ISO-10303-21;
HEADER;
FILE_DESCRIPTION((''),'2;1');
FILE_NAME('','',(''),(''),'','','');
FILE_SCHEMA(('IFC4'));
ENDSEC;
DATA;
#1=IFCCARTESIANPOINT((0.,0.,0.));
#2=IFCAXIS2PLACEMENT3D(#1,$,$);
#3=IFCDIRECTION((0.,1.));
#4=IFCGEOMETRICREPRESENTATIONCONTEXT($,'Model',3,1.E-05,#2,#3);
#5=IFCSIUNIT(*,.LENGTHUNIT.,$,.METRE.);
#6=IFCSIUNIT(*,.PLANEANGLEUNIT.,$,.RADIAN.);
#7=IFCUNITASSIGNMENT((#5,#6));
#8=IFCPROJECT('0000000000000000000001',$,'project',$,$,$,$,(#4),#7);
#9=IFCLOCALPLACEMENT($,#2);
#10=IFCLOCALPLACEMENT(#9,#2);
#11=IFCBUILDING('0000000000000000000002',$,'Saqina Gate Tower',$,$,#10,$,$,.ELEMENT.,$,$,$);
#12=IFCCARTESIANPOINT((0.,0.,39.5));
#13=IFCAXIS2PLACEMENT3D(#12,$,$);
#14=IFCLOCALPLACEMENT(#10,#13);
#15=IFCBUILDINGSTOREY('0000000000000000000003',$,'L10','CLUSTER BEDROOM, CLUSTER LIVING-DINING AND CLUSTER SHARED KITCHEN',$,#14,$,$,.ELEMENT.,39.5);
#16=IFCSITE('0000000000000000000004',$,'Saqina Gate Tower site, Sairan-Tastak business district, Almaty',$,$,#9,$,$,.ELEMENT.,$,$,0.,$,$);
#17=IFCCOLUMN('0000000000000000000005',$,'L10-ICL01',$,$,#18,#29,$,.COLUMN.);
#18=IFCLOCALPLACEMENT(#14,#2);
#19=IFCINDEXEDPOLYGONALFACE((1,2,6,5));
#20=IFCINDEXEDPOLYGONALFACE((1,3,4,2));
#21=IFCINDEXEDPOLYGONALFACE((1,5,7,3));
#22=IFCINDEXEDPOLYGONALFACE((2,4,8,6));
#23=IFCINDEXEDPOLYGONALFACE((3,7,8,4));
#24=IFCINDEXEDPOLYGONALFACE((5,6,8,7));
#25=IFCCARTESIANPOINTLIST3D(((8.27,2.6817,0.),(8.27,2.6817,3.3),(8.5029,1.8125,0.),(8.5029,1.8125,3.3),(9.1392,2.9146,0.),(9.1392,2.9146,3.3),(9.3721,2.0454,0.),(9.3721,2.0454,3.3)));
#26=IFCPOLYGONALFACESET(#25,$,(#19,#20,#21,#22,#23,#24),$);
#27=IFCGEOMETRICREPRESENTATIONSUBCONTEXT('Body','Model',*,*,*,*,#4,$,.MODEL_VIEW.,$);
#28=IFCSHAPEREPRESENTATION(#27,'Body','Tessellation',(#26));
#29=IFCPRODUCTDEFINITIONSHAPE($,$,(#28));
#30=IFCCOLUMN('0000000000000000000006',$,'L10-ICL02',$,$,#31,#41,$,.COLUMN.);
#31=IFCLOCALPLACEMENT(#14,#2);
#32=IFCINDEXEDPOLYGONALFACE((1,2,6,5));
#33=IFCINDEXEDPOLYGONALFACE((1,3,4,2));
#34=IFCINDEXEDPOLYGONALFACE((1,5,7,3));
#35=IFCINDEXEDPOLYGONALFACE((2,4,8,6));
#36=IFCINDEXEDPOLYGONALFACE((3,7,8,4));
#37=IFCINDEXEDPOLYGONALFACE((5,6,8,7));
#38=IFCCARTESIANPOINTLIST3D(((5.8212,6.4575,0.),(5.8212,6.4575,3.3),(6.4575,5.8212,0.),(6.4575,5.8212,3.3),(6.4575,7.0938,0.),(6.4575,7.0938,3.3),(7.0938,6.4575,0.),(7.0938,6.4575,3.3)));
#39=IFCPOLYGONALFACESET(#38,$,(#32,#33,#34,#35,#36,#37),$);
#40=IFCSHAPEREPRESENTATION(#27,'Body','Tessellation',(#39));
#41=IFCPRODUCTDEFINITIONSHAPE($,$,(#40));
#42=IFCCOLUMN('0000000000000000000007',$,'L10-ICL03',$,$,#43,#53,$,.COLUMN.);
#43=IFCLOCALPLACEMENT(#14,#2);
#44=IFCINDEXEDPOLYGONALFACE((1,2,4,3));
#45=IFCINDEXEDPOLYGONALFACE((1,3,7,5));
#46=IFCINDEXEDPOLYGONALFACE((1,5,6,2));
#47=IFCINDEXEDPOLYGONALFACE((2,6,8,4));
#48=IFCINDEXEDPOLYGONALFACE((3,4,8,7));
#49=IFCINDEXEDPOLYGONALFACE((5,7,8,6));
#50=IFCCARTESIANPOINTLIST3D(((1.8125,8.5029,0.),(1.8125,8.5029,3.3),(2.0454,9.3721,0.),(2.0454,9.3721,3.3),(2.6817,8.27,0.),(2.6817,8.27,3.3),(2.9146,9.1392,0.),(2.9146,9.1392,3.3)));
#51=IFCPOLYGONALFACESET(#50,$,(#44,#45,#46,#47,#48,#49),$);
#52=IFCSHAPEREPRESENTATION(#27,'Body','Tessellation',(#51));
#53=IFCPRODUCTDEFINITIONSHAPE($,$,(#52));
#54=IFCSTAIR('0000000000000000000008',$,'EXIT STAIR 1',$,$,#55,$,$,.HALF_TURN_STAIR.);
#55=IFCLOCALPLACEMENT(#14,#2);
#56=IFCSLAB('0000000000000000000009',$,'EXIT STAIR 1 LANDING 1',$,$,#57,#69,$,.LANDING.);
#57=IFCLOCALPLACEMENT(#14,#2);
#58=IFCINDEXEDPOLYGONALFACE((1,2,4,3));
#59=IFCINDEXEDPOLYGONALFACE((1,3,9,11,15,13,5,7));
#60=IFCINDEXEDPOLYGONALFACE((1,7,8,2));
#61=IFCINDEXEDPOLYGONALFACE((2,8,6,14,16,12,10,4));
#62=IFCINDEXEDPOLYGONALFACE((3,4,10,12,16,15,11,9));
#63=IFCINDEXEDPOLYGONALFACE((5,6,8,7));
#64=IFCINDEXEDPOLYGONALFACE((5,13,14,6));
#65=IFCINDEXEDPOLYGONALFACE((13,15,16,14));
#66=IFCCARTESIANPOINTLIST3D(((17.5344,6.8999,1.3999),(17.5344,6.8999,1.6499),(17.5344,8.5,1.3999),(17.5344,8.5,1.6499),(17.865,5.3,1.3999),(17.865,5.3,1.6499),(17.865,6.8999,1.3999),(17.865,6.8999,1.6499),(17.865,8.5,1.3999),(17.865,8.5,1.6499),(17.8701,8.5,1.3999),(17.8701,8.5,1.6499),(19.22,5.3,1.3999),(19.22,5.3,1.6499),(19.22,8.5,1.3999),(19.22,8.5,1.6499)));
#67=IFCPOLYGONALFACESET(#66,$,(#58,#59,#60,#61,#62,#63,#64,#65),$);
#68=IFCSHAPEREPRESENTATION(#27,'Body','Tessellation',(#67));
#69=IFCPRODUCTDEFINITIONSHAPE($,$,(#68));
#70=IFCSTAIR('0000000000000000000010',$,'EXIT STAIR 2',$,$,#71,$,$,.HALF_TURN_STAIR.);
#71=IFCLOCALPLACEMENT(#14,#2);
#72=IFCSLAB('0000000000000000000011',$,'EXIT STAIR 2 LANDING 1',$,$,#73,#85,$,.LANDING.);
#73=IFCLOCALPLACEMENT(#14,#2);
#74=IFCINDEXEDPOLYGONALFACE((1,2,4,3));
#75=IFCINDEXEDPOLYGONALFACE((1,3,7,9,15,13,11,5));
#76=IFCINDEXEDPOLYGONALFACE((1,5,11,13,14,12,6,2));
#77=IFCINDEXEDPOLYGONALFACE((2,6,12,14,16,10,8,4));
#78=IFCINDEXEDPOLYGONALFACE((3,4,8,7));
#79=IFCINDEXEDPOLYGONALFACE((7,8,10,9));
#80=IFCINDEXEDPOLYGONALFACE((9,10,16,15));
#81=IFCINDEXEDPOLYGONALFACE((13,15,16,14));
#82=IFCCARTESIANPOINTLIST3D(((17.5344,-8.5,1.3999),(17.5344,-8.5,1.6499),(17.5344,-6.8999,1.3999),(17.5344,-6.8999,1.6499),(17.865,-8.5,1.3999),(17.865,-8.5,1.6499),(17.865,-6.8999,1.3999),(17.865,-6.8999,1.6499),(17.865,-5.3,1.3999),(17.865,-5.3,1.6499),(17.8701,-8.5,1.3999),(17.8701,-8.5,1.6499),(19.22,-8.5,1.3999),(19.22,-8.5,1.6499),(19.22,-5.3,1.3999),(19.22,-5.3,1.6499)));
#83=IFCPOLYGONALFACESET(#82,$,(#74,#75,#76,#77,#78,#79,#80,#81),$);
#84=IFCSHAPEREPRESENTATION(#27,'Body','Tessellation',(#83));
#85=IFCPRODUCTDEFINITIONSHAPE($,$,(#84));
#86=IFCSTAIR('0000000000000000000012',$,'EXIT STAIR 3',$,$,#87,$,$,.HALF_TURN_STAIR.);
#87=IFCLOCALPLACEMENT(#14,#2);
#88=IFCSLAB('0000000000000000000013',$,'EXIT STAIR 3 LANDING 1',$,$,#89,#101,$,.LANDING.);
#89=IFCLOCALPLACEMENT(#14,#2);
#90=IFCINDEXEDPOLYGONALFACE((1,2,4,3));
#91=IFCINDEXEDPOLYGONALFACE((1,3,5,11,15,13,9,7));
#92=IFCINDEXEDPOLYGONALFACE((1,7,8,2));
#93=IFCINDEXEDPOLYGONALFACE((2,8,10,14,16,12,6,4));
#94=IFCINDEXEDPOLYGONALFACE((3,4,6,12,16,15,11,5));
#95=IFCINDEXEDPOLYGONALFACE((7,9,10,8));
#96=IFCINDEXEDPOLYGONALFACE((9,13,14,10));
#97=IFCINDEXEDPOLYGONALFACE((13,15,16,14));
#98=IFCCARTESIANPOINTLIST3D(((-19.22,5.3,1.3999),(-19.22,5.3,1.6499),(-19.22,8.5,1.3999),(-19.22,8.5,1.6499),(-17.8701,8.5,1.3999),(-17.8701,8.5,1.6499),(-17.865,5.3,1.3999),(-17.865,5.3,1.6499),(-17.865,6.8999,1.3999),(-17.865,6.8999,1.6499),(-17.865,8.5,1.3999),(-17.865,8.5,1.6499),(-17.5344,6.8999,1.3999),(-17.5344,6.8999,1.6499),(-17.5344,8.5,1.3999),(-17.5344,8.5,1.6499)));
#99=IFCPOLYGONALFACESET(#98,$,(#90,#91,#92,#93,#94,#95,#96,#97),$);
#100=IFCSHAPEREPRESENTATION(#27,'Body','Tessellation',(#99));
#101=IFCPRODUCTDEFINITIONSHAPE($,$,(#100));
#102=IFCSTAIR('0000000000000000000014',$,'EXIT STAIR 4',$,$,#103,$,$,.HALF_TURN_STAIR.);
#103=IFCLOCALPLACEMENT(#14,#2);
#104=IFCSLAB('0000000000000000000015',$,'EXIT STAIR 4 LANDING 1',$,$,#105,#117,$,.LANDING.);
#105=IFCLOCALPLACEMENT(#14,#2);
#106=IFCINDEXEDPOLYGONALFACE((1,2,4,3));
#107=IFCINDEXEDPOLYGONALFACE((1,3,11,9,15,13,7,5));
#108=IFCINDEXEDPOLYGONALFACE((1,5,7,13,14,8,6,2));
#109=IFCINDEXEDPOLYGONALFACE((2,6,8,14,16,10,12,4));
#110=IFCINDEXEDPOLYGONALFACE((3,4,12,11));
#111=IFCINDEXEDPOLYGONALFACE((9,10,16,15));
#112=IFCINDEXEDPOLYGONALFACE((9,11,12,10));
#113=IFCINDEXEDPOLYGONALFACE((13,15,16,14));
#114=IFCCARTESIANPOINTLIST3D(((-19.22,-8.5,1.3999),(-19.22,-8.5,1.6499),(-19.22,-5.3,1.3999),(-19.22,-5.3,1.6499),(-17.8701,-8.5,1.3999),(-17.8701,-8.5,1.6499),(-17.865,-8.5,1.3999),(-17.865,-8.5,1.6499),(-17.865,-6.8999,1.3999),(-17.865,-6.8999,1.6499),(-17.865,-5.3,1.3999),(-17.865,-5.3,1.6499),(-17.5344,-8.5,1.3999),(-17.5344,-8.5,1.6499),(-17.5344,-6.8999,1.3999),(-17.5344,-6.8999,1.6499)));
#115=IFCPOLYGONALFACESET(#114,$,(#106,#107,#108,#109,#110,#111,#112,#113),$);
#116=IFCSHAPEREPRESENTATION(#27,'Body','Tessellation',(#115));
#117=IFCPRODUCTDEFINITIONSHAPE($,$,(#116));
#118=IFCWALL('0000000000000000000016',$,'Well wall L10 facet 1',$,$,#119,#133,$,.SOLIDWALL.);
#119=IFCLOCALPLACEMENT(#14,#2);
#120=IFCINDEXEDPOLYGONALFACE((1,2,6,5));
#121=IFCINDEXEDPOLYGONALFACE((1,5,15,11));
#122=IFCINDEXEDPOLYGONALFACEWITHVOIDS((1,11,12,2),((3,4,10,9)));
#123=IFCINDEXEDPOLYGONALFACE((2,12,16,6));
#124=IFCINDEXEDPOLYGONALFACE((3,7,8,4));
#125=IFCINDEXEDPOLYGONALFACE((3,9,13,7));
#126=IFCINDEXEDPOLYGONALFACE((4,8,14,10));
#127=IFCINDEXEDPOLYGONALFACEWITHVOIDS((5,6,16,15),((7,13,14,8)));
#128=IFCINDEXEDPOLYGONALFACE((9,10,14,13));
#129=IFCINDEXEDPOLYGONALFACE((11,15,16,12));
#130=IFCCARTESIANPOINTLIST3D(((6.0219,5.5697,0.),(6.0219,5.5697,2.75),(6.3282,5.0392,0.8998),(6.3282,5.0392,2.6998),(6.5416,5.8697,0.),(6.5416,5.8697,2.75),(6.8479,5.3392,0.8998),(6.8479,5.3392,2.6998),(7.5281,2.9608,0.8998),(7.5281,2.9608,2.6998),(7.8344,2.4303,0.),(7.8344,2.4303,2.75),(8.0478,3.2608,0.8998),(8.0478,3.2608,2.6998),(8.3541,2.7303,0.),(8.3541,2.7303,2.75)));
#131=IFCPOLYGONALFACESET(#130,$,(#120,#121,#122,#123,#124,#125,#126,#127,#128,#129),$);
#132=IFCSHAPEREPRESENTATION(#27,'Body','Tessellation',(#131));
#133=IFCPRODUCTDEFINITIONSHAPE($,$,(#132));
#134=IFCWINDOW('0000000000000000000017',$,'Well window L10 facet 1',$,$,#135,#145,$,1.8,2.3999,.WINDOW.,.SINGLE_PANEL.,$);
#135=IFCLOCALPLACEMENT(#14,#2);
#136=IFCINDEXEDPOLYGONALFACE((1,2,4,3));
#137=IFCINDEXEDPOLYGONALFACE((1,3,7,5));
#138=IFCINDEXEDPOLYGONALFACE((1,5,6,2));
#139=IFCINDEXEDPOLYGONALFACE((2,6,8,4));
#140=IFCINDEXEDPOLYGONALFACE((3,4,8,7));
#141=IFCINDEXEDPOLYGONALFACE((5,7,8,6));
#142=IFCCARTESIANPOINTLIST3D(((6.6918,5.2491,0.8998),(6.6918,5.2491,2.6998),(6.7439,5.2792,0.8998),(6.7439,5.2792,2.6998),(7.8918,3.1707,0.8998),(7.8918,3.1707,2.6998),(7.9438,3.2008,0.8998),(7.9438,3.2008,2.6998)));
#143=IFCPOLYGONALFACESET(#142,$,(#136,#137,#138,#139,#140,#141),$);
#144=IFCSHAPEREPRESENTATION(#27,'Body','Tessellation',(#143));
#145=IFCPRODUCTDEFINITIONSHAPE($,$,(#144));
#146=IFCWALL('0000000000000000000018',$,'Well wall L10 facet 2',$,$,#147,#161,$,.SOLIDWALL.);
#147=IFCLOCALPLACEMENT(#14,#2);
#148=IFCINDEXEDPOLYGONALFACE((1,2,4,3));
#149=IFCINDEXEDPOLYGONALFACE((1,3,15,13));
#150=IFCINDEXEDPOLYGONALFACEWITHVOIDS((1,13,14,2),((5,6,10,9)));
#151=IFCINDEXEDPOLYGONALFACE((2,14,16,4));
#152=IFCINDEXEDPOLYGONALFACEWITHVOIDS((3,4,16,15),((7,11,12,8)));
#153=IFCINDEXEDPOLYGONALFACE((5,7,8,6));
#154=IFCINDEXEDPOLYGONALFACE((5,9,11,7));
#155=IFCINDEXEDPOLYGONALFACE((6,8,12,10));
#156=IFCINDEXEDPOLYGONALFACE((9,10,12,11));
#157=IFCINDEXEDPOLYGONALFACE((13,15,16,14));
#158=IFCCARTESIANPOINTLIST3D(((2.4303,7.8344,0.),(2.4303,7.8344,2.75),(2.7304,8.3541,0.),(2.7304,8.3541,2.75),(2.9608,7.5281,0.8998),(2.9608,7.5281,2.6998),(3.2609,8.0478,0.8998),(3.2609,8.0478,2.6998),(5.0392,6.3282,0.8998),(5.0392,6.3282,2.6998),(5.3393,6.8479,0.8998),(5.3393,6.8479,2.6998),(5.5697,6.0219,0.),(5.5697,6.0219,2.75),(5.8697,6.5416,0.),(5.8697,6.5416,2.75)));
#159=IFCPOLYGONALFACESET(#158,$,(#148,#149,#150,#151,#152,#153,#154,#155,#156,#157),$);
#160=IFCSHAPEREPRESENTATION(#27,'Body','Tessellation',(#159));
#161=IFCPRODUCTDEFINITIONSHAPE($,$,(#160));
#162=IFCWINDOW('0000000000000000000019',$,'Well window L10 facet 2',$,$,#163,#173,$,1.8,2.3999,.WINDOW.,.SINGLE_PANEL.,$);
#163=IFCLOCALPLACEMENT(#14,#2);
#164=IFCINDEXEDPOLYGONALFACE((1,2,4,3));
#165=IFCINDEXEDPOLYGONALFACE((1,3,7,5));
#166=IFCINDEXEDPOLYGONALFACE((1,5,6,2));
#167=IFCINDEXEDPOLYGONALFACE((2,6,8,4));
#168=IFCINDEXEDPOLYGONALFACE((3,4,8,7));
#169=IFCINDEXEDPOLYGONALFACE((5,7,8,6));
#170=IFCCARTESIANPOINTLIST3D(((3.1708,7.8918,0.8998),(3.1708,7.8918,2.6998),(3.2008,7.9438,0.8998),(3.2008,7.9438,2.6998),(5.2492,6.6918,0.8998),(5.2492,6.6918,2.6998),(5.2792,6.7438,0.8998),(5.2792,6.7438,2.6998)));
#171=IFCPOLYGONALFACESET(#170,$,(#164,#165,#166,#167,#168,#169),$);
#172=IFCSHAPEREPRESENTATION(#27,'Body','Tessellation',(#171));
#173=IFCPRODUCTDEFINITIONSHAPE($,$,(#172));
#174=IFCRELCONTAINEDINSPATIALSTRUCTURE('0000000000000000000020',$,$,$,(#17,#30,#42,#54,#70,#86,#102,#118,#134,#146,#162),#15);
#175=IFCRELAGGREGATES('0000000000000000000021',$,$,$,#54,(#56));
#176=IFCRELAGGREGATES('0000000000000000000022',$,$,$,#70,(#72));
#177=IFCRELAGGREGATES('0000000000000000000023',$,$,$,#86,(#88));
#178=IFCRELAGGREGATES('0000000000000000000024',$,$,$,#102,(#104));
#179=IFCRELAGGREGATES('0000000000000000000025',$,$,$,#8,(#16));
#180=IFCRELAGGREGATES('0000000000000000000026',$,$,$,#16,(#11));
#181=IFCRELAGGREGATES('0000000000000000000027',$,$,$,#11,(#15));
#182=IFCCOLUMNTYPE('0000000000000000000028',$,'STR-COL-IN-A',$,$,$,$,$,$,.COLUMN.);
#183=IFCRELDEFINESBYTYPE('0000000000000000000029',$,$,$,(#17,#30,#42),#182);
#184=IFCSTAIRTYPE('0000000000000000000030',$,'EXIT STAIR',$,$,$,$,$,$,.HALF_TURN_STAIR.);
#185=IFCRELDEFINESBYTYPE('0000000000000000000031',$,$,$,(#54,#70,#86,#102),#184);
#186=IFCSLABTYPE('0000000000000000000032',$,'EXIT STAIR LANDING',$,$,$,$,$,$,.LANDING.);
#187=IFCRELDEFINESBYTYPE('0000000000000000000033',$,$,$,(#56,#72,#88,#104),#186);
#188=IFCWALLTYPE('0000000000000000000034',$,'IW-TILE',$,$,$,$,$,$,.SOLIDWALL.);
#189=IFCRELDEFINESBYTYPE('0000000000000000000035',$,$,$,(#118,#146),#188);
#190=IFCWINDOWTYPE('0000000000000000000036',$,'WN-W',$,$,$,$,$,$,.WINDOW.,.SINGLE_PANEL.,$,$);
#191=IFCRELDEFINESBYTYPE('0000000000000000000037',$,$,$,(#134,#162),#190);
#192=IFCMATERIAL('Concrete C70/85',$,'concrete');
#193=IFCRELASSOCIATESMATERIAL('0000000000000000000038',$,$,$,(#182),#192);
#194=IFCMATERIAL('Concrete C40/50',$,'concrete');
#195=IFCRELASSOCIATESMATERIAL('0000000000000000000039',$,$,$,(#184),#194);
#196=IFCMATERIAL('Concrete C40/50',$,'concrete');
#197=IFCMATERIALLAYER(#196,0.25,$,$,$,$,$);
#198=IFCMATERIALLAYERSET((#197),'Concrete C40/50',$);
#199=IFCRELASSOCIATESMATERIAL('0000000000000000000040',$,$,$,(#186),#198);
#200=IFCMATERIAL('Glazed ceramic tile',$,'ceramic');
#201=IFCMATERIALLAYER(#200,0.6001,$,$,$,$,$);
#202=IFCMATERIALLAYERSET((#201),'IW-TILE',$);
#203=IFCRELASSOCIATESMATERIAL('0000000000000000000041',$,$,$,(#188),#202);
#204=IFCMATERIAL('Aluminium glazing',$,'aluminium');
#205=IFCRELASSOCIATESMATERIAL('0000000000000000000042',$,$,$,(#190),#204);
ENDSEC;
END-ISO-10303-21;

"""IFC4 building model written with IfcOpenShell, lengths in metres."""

from ifc_helpers import new_model, si_unit, direction, frame, frame_2d, origin, origin_2d, place, context, subcontext, project, spatial, polyline, rectangle, outline, extrude, material, layer, layer_set, material_profile, profile_set, type_object, element, fill, aggregate, save


model = new_model("IFC4")

# Units and contexts
model_context = context("Model", 3, precision=1e-05, world=origin(), true_north=direction((0.0, 1.0)))
body_context = subcontext(model_context, "Body", "Model", "MODEL_VIEW")
ifc_project = project(units=[si_unit("LENGTHUNIT", "METRE"), si_unit("PLANEANGLEUNIT", "RADIAN")], contexts=[model_context])

# Site, building, storey
site_placement = place(None, origin())
site = spatial("IfcSite", under=ifc_project, at=site_placement, Name="Saqina Gate Tower site, Sairan-Tastak business district, Almaty", CompositionType="ELEMENT", RefElevation=0.0)
building_placement = place(site_placement, origin())
building = spatial("IfcBuilding", under=site, at=building_placement, Name="Saqina Gate Tower", CompositionType="ELEMENT")
storey_placement = place(building_placement, frame((0.0, 0.0, 39.5)))
storey = spatial("IfcBuildingStorey", under=building, at=storey_placement, Name="L10", Description="CLUSTER BEDROOM, CLUSTER LIVING-DINING AND CLUSTER SHARED KITCHEN", CompositionType="ELEMENT", Elevation=39.5)

# Columns
ifc_material_1 = material(Name="Concrete C70/85", Category="concrete")
ifc_material_profile = material_profile(ifc_material_1, rectangle(XDim=0.8999, YDim=0.8999, at=origin_2d()), Name="RC 900x900")
ifc_profile_set = profile_set([ifc_material_profile], Name="Concrete C70/85")
column_type = type_object("IfcColumnType", Name="STR-COL-IN-A", PredefinedType="COLUMN", material=ifc_profile_set)
for number, where, z_axis, x_axis, name in (
    (1, (8.821, 2.3635, 0.0), (0.0, 0.0, 1.0), (0.965926, 0.258819, 0.0), "L10-ICL01"),
    (2, (6.4575, 6.4575, 0.0), (0.0, 0.0, 1.0), (0.707107, 0.707107, 0.0), "L10-ICL02"),
    (3, (2.3635, 8.821, 0.0), (0.0, 0.0, 1.0), (0.258819, 0.965926, 0.0), "L10-ICL03"),
):
    element("IfcColumn", number, at=place(storey_placement, frame(where, z_axis=z_axis, x_axis=x_axis)), inside=storey, type_object=column_type, Name=name, PredefinedType="COLUMN", context=body_context, shape_type="SweptSolid", body=[
        extrude(rectangle(XDim=0.8999, YDim=0.8999, at=origin_2d()), origin(), (0.0, 0.0, 1.0), 3.3),
    ])

# Stairs, slabs
ifc_material_2 = material(Name="Concrete C40/50", Category="concrete")
stair_type = type_object("IfcStairType", Name="EXIT STAIR", PredefinedType="HALF_TURN_STAIR", material=ifc_material_2)
stair_1_placement = place(storey_placement, origin())
stair_1 = element("IfcStair", 4, at=stair_1_placement, inside=storey, type_object=stair_type, Name="EXIT STAIR 1", PredefinedType="HALF_TURN_STAIR")
ifc_material_3 = material(Name="Concrete C40/50", Category="concrete")
ifc_layer_1 = layer(ifc_material_3, 0.25)
ifc_layer_set_1 = layer_set([ifc_layer_1], Name="Concrete C40/50")
slab_type = type_object("IfcSlabType", Name="EXIT STAIR LANDING", PredefinedType="LANDING", material=ifc_layer_set_1)
slab_1_placement = place(storey_placement, frame((0.0, 0.0, 1.3999)))
slab_1 = element("IfcSlab", 5, at=slab_1_placement, type_object=slab_type, Name="EXIT STAIR 1 LANDING 1", PredefinedType="LANDING", context=body_context, shape_type="SweptSolid", body=[
    extrude(outline(polyline([(19.22, 8.5), (19.22, 5.3), (17.865, 5.3), (17.865, 6.8999), (17.5344, 6.8999), (17.5344, 8.5), (17.865, 8.5), (17.8701, 8.5), (19.22, 8.5)])), origin(), (0.0, 0.0, 1.0), 0.25),
])
aggregate(stair_1, [slab_1])
stair_2_placement = place(storey_placement, origin())
stair_2 = element("IfcStair", 6, at=stair_2_placement, inside=storey, type_object=stair_type, Name="EXIT STAIR 2", PredefinedType="HALF_TURN_STAIR")
slab_2_placement = place(storey_placement, frame((0.0, 0.0, 1.3999)))
slab_2 = element("IfcSlab", 7, at=slab_2_placement, type_object=slab_type, Name="EXIT STAIR 2 LANDING 1", PredefinedType="LANDING", context=body_context, shape_type="SweptSolid", body=[
    extrude(outline(polyline([(17.5344, -8.5), (17.5344, -6.8999), (17.865, -6.8999), (17.865, -5.3), (19.22, -5.3), (19.22, -8.5), (17.8701, -8.5), (17.865, -8.5), (17.5344, -8.5)])), origin(), (0.0, 0.0, 1.0), 0.25),
])
aggregate(stair_2, [slab_2])
stair_3_placement = place(storey_placement, origin())
stair_3 = element("IfcStair", 8, at=stair_3_placement, inside=storey, type_object=stair_type, Name="EXIT STAIR 3", PredefinedType="HALF_TURN_STAIR")
slab_3_placement = place(storey_placement, frame((0.0, 0.0, 1.3999)))
slab_3 = element("IfcSlab", 9, at=slab_3_placement, type_object=slab_type, Name="EXIT STAIR 3 LANDING 1", PredefinedType="LANDING", context=body_context, shape_type="SweptSolid", body=[
    extrude(outline(polyline([(-17.865, 5.3), (-19.22, 5.3), (-19.22, 8.5), (-17.8701, 8.5), (-17.865, 8.5), (-17.5344, 8.5), (-17.5344, 6.8999), (-17.865, 6.8999), (-17.865, 5.3)])), origin(), (0.0, 0.0, 1.0), 0.25),
])
aggregate(stair_3, [slab_3])
stair_4_placement = place(storey_placement, origin())
stair_4 = element("IfcStair", 10, at=stair_4_placement, inside=storey, type_object=stair_type, Name="EXIT STAIR 4", PredefinedType="HALF_TURN_STAIR")
slab_4_placement = place(storey_placement, frame((0.0, 0.0, 1.3999)))
slab_4 = element("IfcSlab", 11, at=slab_4_placement, type_object=slab_type, Name="EXIT STAIR 4 LANDING 1", PredefinedType="LANDING", context=body_context, shape_type="SweptSolid", body=[
    extrude(outline(polyline([(-17.5344, -6.8999), (-17.5344, -8.5), (-17.865, -8.5), (-17.8701, -8.5), (-19.22, -8.5), (-19.22, -5.3), (-17.865, -5.3), (-17.865, -6.8999), (-17.5344, -6.8999)])), origin(), (0.0, 0.0, 1.0), 0.25),
])
aggregate(stair_4, [slab_4])

# Walls, openings, windows
ifc_material_4 = material(Name="Glazed ceramic tile", Category="ceramic")
ifc_layer_2 = layer(ifc_material_4, 0.6001)
ifc_layer_set_2 = layer_set([ifc_layer_2], Name="IW-TILE")
wall_type_1 = type_object("IfcWallType", Name="IW-TILE", PredefinedType="SOLIDWALL", material=ifc_layer_set_2)
wall_1_placement = place(storey_placement, frame((8.0942, 2.5803, 0.0), z_axis=(0.0, 0.0, 1.0), x_axis=(-0.499993, 0.86603, 0.0)))
wall_1 = element("IfcWall", 12, at=wall_1_placement, inside=storey, type_object=wall_type_1, Name="Well wall L10 facet 1", PredefinedType="SOLIDWALL", context=body_context, shape_type="SweptSolid", body=[
    extrude(rectangle(XDim=3.625, YDim=0.6001, at=frame_2d((1.8125, 0.0))), origin(), (0.0, 0.0, 1.0), 2.75),
])
opening_1_placement = place(wall_1_placement, frame((0.6125, 0.0, 0.8999)))
opening_1 = element("IfcOpeningElement", 13, at=opening_1_placement, cuts=wall_1, PredefinedType="OPENING", context=body_context, shape_type="SweptSolid", body=[
    extrude(rectangle(XDim=2.3999, YDim=1.8, at=frame_2d((1.2, 0.8999))), frame((0.0, 0.312, 0.0), z_axis=(0.0, -1.0, 0.0), x_axis=(1.0, 0.0, 0.0)), (0.0, 0.0, 1.0), 0.624),
])
ifc_material_5 = material(Name="Aluminium glazing", Category="aluminium")
window_type = type_object("IfcWindowType", Name="WN-W", PartitioningType="SINGLE_PANEL", PredefinedType="WINDOW", material=ifc_material_5)
window_1_placement = place(opening_1_placement, origin())
window_1 = element("IfcWindow", 14, at=window_1_placement, inside=storey, type_object=window_type, Name="Well window L10 facet 1", OverallHeight=1.8, OverallWidth=2.3999, PartitioningType="SINGLE_PANEL", PredefinedType="WINDOW", context=body_context, shape_type="SweptSolid", body=[
    extrude(rectangle(XDim=2.3999, YDim=1.8, at=frame_2d((1.2, 0.8999))), frame((0.0, -0.1199, 0.0), z_axis=(0.0, -1.0, 0.0), x_axis=(1.0, 0.0, 0.0)), (0.0, 0.0, 1.0), 0.0601),
])
fill(opening_1, window_1)
wall_2_placement = place(storey_placement, frame((5.7197, 6.2817, 0.0), z_axis=(0.0, 0.0, 1.0), x_axis=(-0.86603, 0.499993, 0.0)))
wall_2 = element("IfcWall", 15, at=wall_2_placement, inside=storey, type_object=wall_type_1, Name="Well wall L10 facet 2", PredefinedType="SOLIDWALL", context=body_context, shape_type="SweptSolid", body=[
    extrude(rectangle(XDim=3.625, YDim=0.6001, at=frame_2d((1.8125, 0.0))), origin(), (0.0, 0.0, 1.0), 2.75),
])
opening_2_placement = place(wall_2_placement, frame((0.6125, 0.0, 0.8999)))
opening_2 = element("IfcOpeningElement", 16, at=opening_2_placement, cuts=wall_2, PredefinedType="OPENING", context=body_context, shape_type="SweptSolid", body=[
    extrude(rectangle(XDim=2.3999, YDim=1.8, at=frame_2d((1.2, 0.8999))), frame((0.0, 0.312, 0.0), z_axis=(0.0, -1.0, 0.0), x_axis=(1.0, 0.0, 0.0)), (0.0, 0.0, 1.0), 0.624),
])
window_2_placement = place(opening_2_placement, origin())
window_2 = element("IfcWindow", 17, at=window_2_placement, inside=storey, type_object=window_type, Name="Well window L10 facet 2", OverallHeight=1.8, OverallWidth=2.3999, PartitioningType="SINGLE_PANEL", PredefinedType="WINDOW", context=body_context, shape_type="SweptSolid", body=[
    extrude(rectangle(XDim=2.3999, YDim=1.8, at=frame_2d((1.2, 0.8999))), frame((0.0, -0.1199, 0.0), z_axis=(0.0, -1.0, 0.0), x_axis=(1.0, 0.0, 0.0)), (0.0, 0.0, 1.0), 0.0601),
])
fill(opening_2, window_2)

save(model, "model.ifc")
